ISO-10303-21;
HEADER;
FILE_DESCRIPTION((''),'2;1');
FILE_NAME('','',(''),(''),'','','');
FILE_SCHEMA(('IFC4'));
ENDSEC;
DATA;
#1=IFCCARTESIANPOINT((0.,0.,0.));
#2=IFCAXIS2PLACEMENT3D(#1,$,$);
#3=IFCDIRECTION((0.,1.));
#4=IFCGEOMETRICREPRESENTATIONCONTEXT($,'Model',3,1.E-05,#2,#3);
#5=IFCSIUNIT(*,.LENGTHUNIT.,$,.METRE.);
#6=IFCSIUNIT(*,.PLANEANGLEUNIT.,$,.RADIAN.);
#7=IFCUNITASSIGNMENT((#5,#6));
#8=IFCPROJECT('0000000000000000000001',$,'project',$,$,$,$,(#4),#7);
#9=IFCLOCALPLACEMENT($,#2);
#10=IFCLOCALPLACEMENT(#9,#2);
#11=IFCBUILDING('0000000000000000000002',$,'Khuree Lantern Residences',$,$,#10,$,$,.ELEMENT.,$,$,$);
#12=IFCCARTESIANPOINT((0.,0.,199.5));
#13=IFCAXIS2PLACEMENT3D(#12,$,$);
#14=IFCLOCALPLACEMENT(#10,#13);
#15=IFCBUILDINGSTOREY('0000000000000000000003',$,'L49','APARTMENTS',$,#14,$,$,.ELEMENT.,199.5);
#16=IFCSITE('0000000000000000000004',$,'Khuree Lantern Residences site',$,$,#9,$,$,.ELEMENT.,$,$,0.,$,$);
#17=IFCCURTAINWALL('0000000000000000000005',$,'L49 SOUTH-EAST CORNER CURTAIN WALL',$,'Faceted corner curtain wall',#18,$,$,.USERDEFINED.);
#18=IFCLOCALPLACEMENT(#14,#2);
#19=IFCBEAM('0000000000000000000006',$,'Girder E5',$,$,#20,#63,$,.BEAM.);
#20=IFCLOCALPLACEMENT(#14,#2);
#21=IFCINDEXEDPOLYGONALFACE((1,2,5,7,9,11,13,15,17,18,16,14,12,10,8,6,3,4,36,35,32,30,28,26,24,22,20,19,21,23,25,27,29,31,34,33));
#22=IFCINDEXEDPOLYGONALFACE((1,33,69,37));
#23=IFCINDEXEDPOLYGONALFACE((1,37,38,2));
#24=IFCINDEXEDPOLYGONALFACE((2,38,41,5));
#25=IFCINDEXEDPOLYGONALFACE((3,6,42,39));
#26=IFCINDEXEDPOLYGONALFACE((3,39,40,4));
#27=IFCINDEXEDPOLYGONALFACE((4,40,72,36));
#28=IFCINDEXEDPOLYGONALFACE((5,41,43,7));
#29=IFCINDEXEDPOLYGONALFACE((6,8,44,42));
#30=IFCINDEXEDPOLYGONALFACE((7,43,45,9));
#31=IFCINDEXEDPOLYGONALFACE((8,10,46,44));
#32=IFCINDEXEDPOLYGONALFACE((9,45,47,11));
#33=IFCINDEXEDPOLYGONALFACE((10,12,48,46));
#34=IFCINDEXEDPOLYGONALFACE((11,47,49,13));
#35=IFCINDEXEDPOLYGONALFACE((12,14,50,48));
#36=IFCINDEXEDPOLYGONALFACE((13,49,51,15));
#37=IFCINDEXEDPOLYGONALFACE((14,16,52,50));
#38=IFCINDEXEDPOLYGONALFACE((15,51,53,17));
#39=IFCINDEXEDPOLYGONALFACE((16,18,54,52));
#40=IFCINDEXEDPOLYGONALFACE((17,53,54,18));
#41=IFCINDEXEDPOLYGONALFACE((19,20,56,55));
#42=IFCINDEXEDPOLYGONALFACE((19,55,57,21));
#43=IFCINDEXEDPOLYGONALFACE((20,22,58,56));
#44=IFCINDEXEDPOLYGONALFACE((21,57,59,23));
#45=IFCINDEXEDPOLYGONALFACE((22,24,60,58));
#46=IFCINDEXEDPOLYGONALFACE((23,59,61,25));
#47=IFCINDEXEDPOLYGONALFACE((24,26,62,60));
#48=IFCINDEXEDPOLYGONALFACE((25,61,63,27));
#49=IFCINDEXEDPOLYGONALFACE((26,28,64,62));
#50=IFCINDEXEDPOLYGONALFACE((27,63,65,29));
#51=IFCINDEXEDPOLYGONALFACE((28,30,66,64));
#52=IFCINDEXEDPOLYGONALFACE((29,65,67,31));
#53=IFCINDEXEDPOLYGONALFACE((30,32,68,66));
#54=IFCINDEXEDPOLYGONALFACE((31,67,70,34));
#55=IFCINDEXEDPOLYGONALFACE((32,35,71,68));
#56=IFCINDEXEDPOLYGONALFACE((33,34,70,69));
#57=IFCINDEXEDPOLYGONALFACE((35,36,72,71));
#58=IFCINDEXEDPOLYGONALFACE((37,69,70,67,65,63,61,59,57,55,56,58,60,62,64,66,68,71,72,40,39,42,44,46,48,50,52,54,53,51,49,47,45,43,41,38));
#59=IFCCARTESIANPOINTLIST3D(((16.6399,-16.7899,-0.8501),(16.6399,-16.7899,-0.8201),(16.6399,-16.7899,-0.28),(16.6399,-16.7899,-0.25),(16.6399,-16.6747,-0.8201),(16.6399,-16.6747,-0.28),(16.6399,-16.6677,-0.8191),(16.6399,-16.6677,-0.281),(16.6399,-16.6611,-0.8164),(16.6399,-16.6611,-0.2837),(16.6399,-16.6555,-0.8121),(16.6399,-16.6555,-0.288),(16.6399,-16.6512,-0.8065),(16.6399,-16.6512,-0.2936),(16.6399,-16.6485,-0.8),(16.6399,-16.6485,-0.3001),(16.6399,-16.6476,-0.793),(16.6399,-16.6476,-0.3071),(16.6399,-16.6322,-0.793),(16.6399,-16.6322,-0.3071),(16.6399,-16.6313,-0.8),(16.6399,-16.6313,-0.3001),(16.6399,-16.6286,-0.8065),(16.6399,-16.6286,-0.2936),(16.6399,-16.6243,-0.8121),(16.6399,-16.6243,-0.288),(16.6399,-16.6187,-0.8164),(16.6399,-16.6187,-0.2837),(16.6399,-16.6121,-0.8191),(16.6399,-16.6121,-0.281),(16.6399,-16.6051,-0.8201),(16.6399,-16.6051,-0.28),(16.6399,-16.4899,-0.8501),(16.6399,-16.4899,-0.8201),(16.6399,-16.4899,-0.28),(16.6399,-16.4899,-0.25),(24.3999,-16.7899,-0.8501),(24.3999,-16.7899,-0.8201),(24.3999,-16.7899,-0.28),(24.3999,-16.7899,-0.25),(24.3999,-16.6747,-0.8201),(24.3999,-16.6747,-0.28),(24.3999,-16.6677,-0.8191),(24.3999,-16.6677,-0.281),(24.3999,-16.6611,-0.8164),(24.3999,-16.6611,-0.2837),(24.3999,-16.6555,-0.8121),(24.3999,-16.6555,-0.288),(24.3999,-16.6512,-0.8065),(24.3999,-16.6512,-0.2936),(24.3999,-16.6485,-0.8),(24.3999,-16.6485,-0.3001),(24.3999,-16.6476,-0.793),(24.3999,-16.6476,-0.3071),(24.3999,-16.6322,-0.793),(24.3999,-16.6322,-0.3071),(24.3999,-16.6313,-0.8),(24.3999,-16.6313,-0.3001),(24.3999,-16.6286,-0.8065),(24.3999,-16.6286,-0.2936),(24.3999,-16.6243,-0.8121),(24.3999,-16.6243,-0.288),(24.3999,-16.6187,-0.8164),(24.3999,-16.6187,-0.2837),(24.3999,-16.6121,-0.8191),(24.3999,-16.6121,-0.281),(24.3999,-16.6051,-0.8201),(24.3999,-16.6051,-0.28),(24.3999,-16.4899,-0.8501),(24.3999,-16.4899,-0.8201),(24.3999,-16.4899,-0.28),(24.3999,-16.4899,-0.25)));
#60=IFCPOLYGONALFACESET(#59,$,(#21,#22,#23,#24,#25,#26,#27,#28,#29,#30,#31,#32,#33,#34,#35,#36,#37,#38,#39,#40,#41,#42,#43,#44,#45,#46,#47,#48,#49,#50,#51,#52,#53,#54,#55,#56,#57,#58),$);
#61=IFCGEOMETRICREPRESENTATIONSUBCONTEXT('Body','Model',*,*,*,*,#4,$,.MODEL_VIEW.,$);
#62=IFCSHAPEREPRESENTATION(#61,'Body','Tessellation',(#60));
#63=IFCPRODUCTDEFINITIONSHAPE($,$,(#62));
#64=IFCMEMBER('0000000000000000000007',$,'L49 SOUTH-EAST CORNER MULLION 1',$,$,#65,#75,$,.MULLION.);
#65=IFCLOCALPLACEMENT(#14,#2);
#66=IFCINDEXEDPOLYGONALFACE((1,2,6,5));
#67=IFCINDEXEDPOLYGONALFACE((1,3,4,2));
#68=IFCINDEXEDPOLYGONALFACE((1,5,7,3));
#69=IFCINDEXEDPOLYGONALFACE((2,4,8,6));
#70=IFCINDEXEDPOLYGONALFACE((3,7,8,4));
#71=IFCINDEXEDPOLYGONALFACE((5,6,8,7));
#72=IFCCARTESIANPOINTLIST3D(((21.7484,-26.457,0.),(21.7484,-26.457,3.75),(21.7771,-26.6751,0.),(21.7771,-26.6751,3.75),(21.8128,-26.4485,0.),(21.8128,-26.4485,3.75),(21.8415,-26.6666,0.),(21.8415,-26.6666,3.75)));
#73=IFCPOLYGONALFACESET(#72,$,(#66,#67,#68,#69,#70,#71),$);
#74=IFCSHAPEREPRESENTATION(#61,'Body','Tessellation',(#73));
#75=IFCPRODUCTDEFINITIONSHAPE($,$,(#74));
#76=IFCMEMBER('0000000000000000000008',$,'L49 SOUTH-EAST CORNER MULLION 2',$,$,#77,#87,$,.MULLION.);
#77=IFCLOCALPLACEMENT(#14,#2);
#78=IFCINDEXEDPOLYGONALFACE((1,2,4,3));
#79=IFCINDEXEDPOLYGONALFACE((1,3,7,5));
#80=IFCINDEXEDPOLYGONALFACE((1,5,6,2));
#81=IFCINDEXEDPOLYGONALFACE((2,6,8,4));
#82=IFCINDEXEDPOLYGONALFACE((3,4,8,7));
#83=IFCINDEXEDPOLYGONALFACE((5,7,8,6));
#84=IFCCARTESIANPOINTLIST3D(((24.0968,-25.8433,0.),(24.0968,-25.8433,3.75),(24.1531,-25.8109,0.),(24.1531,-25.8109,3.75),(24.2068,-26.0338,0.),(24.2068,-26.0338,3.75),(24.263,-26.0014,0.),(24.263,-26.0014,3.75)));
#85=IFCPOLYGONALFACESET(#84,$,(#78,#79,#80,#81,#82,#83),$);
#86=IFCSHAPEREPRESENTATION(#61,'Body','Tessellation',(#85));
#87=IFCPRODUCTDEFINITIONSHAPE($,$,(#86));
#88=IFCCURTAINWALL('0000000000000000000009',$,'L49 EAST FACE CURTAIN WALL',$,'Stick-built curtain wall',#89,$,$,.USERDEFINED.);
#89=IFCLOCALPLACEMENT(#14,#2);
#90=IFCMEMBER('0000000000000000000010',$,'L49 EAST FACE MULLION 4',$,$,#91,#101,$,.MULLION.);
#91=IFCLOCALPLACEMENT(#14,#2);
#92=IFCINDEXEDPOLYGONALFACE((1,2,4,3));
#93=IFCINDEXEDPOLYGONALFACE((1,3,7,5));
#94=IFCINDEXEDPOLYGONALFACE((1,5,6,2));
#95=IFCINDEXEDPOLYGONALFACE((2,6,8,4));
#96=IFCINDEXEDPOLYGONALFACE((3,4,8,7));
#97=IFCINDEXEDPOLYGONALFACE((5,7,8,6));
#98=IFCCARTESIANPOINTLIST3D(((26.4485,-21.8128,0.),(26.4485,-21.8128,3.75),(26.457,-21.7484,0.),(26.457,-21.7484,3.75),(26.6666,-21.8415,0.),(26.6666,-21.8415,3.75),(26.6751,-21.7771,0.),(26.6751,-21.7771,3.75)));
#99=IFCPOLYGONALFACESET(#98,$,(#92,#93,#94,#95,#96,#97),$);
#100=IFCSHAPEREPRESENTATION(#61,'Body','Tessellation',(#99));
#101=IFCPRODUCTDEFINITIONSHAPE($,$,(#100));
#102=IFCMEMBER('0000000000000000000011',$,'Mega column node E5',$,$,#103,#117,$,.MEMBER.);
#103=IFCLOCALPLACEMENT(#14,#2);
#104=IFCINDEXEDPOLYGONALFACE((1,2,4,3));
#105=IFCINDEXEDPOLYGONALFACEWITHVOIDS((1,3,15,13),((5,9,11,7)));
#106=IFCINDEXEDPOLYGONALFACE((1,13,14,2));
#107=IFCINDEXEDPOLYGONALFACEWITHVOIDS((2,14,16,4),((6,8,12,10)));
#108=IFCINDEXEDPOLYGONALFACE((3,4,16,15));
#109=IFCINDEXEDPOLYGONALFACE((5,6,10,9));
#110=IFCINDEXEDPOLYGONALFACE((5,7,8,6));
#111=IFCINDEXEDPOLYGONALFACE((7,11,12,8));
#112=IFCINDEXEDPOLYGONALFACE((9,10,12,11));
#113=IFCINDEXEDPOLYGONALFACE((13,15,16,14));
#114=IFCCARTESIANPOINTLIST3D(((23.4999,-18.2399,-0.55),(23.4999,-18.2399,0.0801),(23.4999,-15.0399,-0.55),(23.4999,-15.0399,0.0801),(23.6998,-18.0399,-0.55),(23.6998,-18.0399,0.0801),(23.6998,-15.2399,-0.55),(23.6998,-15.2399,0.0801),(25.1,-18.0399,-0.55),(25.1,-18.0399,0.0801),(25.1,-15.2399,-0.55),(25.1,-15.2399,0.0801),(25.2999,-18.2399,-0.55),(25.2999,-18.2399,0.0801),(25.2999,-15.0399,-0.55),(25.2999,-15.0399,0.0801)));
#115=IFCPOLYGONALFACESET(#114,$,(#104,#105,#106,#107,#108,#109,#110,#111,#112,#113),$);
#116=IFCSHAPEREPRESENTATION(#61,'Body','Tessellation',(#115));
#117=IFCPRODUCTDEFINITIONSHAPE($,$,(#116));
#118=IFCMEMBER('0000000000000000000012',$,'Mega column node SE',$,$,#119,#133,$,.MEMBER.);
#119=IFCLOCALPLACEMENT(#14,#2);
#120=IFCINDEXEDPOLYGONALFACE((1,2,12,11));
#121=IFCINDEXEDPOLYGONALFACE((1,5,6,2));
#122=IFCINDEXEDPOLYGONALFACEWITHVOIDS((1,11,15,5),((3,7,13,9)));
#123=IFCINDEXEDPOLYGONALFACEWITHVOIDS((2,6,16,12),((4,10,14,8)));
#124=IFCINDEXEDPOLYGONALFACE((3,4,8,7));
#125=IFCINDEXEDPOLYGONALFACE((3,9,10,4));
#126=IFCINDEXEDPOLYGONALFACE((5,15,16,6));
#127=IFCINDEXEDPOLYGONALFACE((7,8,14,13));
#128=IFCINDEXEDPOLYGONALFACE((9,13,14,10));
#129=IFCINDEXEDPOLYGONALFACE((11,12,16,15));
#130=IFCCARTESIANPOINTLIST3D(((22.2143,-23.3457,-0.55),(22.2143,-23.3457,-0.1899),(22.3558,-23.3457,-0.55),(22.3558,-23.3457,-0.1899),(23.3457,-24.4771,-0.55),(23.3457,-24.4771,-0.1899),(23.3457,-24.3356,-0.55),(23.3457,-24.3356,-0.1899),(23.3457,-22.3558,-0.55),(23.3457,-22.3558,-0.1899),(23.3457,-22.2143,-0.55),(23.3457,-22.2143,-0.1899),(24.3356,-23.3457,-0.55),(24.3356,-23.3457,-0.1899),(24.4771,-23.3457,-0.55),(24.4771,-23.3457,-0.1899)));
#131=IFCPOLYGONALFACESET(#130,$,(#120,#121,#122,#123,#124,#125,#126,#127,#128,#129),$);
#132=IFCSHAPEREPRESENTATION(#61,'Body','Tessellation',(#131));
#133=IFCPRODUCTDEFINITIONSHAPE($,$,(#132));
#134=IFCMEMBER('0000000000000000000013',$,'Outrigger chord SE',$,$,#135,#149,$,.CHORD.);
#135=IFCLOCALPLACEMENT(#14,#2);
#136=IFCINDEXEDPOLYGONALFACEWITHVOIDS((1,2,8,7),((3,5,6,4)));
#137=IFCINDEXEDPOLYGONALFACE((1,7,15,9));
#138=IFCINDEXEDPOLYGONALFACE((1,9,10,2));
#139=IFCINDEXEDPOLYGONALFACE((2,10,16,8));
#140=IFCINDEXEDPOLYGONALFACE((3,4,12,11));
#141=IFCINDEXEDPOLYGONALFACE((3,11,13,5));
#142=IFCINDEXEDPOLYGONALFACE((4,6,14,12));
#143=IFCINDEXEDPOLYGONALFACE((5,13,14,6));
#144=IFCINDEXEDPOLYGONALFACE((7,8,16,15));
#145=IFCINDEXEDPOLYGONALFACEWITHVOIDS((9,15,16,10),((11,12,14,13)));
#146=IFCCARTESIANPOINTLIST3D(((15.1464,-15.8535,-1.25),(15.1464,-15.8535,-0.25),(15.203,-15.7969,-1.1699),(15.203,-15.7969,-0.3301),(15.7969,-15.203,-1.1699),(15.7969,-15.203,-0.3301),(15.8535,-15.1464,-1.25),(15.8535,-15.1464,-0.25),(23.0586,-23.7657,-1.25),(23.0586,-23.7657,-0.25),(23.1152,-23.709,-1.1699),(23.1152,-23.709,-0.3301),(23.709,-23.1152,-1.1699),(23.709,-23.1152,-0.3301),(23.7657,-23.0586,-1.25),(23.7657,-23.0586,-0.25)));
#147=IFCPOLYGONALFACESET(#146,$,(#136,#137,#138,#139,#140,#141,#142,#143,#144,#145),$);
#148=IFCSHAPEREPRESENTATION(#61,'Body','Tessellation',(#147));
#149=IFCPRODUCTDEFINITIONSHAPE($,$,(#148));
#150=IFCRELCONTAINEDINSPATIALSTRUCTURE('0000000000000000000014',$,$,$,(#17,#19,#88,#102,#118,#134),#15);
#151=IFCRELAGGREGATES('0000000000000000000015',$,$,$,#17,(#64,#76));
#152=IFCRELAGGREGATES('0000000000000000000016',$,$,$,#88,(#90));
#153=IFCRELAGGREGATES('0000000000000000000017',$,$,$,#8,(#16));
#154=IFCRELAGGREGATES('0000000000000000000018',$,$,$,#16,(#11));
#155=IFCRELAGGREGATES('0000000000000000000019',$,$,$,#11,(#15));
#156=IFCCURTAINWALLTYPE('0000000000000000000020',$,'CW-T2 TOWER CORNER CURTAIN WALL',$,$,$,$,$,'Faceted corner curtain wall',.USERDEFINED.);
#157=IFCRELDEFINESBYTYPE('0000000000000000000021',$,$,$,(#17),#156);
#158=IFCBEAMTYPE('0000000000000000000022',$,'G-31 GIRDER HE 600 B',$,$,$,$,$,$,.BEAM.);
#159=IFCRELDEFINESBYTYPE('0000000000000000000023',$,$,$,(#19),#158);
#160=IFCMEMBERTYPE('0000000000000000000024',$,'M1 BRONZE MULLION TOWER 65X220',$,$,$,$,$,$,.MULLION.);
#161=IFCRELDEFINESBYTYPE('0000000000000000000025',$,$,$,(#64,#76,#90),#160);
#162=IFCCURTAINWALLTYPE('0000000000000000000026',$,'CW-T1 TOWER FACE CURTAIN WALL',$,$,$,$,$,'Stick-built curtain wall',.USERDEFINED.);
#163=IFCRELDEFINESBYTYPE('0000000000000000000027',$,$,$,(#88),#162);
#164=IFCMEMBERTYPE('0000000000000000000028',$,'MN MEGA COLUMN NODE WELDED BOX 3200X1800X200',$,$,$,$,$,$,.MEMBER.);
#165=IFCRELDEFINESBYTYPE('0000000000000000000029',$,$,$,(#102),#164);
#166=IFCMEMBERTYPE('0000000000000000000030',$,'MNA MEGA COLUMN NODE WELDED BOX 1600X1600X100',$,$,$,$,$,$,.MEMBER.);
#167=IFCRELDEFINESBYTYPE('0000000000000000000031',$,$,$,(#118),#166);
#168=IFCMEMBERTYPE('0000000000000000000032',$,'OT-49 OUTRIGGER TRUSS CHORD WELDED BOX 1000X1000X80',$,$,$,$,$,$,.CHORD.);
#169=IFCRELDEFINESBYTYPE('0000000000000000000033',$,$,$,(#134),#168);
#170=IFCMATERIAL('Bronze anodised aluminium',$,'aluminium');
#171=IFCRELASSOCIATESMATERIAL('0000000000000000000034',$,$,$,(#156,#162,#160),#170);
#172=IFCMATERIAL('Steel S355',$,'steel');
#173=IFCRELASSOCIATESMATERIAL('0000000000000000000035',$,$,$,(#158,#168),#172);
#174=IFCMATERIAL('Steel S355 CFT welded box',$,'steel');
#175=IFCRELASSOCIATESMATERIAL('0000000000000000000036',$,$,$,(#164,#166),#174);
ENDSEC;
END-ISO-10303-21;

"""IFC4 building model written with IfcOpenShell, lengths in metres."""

from ifc_helpers import new_model, si_unit, direction, frame, origin, origin_2d, place, context, subcontext, project, spatial, rectangle, hollow_rectangle, i_section, extrude, material, material_profile, profile_set, type_object, element, aggregate, save


model = new_model("IFC4")

# Units and contexts
model_context = context("Model", 3, precision=1e-05, world=origin(), true_north=direction((0.0, 1.0)))
body_context = subcontext(model_context, "Body", "Model", "MODEL_VIEW")
ifc_project = project(units=[si_unit("LENGTHUNIT", "METRE"), si_unit("PLANEANGLEUNIT", "RADIAN")], contexts=[model_context])

# Site, building, storey
site_placement = place(None, origin())
site = spatial("IfcSite", under=ifc_project, at=site_placement, Name="Khuree Lantern Residences site", CompositionType="ELEMENT", RefElevation=0.0)
building_placement = place(site_placement, origin())
building = spatial("IfcBuilding", under=site, at=building_placement, Name="Khuree Lantern Residences", CompositionType="ELEMENT")
storey_placement = place(building_placement, frame((0.0, 0.0, 199.5)))
storey = spatial("IfcBuildingStorey", under=building, at=storey_placement, Name="L49", Description="APARTMENTS", CompositionType="ELEMENT", Elevation=199.5)

# Shared definitions
ifc_material_1 = material(Name="Steel S355 CFT welded box", Category="steel")

# Shared definitions
ifc_material_2 = material(Name="Steel S355", Category="steel")

# Curtain wall
ifc_material_3 = material(Name="Bronze anodised aluminium", Category="aluminium")
curtain_wall_type_1 = type_object("IfcCurtainWallType", Name="CW-T2 TOWER CORNER CURTAIN WALL", ElementType="Faceted corner curtain wall", PredefinedType="USERDEFINED", material=ifc_material_3)
curtain_wall_1_placement = place(storey_placement, origin())
curtain_wall_1 = element("IfcCurtainWall", 1, at=curtain_wall_1_placement, inside=storey, type_object=curtain_wall_type_1, Name="L49 SOUTH-EAST CORNER CURTAIN WALL", ObjectType="Faceted corner curtain wall", PredefinedType="USERDEFINED")

# Beam
ifc_material_profile_1 = material_profile(ifc_material_2, i_section(OverallWidth=0.3, OverallDepth=0.6001, WebThickness=0.0154, FlangeThickness=0.03, FilletRadius=0.0271, at=origin_2d()), Name="HE 600 B")
ifc_profile_set_1 = profile_set([ifc_material_profile_1], Name="Steel S355")
beam_type_1 = type_object("IfcBeamType", Name="G-31 GIRDER HE 600 B", PredefinedType="BEAM", material=ifc_profile_set_1)
beam_1_placement = place(storey_placement, frame((24.3999, -16.6399, -0.55), z_axis=(-1.0, 0.0, 0.0), x_axis=(0.0, -1.0, 0.0)))
element("IfcBeam", 2, at=beam_1_placement, inside=storey, type_object=beam_type_1, Name="Girder E5", PredefinedType="BEAM", context=body_context, shape_type="SweptSolid", body=[
    extrude(i_section(OverallWidth=0.3, OverallDepth=0.6001, WebThickness=0.0154, FlangeThickness=0.03, FilletRadius=0.0271, at=origin_2d()), origin(), (0.0, 0.0, 1.0), 7.76),
])

# Members
ifc_material_profile_2 = material_profile(ifc_material_3, rectangle(XDim=0.0649, YDim=0.22, at=origin_2d()), Name="M1 65X220")
ifc_profile_set_2 = profile_set([ifc_material_profile_2], Name="Bronze anodised aluminium")
member_type_1 = type_object("IfcMemberType", Name="M1 BRONZE MULLION TOWER 65X220", PredefinedType="MULLION", material=ifc_profile_set_2)
member_1_placement = place(storey_placement, frame((21.7949, -26.5618, 0.0), z_axis=(0.0, 0.0, 1.0), x_axis=(0.991445, 0.130526, 0.0)))
member_1 = element("IfcMember", 3, at=member_1_placement, type_object=member_type_1, Name="L49 SOUTH-EAST CORNER MULLION 1", PredefinedType="MULLION", context=body_context, shape_type="SweptSolid", body=[
    extrude(rectangle(XDim=0.0649, YDim=0.22, at=origin_2d()), origin(), (0.0, 0.0, 1.0), 3.75),
])
member_2_placement = place(storey_placement, frame((24.1799, -25.9224, 0.0), z_axis=(0.0, 0.0, 1.0), x_axis=(0.866025, 0.5, 0.0)))
member_2 = element("IfcMember", 4, at=member_2_placement, type_object=member_type_1, Name="L49 SOUTH-EAST CORNER MULLION 2", PredefinedType="MULLION", context=body_context, shape_type="SweptSolid", body=[
    extrude(rectangle(XDim=0.0649, YDim=0.22, at=origin_2d()), origin(), (0.0, 0.0, 1.0), 3.75),
])

# Curtain wall, member
curtain_wall_type_2 = type_object("IfcCurtainWallType", Name="CW-T1 TOWER FACE CURTAIN WALL", ElementType="Stick-built curtain wall", PredefinedType="USERDEFINED", material=ifc_material_3)
curtain_wall_2_placement = place(storey_placement, origin())
curtain_wall_2 = element("IfcCurtainWall", 5, at=curtain_wall_2_placement, inside=storey, type_object=curtain_wall_type_2, Name="L49 EAST FACE CURTAIN WALL", ObjectType="Stick-built curtain wall", PredefinedType="USERDEFINED")
member_3_placement = place(storey_placement, frame((26.5618, -21.7949, 0.0), z_axis=(0.0, 0.0, 1.0), x_axis=(0.130526, 0.991445, 0.0)))
member_3 = element("IfcMember", 6, at=member_3_placement, type_object=member_type_1, Name="L49 EAST FACE MULLION 4", PredefinedType="MULLION", context=body_context, shape_type="SweptSolid", body=[
    extrude(rectangle(XDim=0.0649, YDim=0.22, at=origin_2d()), origin(), (0.0, 0.0, 1.0), 3.75),
])

# Members
ifc_material_profile_3 = material_profile(ifc_material_1, hollow_rectangle(XDim=3.2, YDim=1.8, WallThickness=0.2, at=origin_2d()), Name="WELDED BOX 3200X1800X200")
ifc_profile_set_3 = profile_set([ifc_material_profile_3], Name="Steel S355 CFT welded box")
member_type_2 = type_object("IfcMemberType", Name="MN MEGA COLUMN NODE WELDED BOX 3200X1800X200", PredefinedType="MEMBER", material=ifc_profile_set_3)
member_4_placement = place(storey_placement, frame((24.3999, -16.6399, -0.55), z_axis=(0.0, 0.0, 1.0), x_axis=(0.0, 1.0, 0.0)))
element("IfcMember", 7, at=member_4_placement, inside=storey, type_object=member_type_2, Name="Mega column node E5", PredefinedType="MEMBER", context=body_context, shape_type="SweptSolid", body=[
    extrude(hollow_rectangle(XDim=3.2, YDim=1.8, WallThickness=0.2, at=origin_2d()), origin(), (0.0, 0.0, 1.0), 0.6301),
])
ifc_material_profile_4 = material_profile(ifc_material_1, hollow_rectangle(XDim=1.6001, YDim=1.6001, WallThickness=0.1001, at=origin_2d()), Name="WELDED BOX 1600X1600X100")
ifc_profile_set_4 = profile_set([ifc_material_profile_4], Name="Steel S355 CFT welded box")
member_type_3 = type_object("IfcMemberType", Name="MNA MEGA COLUMN NODE WELDED BOX 1600X1600X100", PredefinedType="MEMBER", material=ifc_profile_set_4)
member_5_placement = place(storey_placement, frame((23.3457, -23.3457, -0.55), z_axis=(0.0, 0.0, 1.0), x_axis=(0.707107, 0.707107, 0.0)))
element("IfcMember", 8, at=member_5_placement, inside=storey, type_object=member_type_3, Name="Mega column node SE", PredefinedType="MEMBER", context=body_context, shape_type="SweptSolid", body=[
    extrude(hollow_rectangle(XDim=1.6001, YDim=1.6001, WallThickness=0.1001, at=origin_2d()), origin(), (0.0, 0.0, 1.0), 0.3601),
])
ifc_material_profile_5 = material_profile(ifc_material_2, hollow_rectangle(XDim=1.0, YDim=1.0, WallThickness=0.0801, at=origin_2d()), Name="WELDED BOX 1000X1000X80")
ifc_profile_set_5 = profile_set([ifc_material_profile_5], Name="Steel S355")
member_type_4 = type_object("IfcMemberType", Name="OT-49 OUTRIGGER TRUSS CHORD WELDED BOX 1000X1000X80", PredefinedType="CHORD", material=ifc_profile_set_5)
member_6_placement = place(storey_placement, frame((23.4121, -23.4121, -0.75), z_axis=(-0.707107, 0.707107, 0.0), x_axis=(-0.707107, -0.707107, 0.0)))
element("IfcMember", 9, at=member_6_placement, inside=storey, type_object=member_type_4, Name="Outrigger chord SE", PredefinedType="CHORD", context=body_context, shape_type="SweptSolid", body=[
    extrude(hollow_rectangle(XDim=1.0, YDim=1.0, WallThickness=0.0801, at=origin_2d()), origin(), (0.0, 0.0, 1.0), 11.1895),
])

aggregate(curtain_wall_1, [member_1, member_2])

aggregate(curtain_wall_2, [member_3])

save(model, "model.ifc")
